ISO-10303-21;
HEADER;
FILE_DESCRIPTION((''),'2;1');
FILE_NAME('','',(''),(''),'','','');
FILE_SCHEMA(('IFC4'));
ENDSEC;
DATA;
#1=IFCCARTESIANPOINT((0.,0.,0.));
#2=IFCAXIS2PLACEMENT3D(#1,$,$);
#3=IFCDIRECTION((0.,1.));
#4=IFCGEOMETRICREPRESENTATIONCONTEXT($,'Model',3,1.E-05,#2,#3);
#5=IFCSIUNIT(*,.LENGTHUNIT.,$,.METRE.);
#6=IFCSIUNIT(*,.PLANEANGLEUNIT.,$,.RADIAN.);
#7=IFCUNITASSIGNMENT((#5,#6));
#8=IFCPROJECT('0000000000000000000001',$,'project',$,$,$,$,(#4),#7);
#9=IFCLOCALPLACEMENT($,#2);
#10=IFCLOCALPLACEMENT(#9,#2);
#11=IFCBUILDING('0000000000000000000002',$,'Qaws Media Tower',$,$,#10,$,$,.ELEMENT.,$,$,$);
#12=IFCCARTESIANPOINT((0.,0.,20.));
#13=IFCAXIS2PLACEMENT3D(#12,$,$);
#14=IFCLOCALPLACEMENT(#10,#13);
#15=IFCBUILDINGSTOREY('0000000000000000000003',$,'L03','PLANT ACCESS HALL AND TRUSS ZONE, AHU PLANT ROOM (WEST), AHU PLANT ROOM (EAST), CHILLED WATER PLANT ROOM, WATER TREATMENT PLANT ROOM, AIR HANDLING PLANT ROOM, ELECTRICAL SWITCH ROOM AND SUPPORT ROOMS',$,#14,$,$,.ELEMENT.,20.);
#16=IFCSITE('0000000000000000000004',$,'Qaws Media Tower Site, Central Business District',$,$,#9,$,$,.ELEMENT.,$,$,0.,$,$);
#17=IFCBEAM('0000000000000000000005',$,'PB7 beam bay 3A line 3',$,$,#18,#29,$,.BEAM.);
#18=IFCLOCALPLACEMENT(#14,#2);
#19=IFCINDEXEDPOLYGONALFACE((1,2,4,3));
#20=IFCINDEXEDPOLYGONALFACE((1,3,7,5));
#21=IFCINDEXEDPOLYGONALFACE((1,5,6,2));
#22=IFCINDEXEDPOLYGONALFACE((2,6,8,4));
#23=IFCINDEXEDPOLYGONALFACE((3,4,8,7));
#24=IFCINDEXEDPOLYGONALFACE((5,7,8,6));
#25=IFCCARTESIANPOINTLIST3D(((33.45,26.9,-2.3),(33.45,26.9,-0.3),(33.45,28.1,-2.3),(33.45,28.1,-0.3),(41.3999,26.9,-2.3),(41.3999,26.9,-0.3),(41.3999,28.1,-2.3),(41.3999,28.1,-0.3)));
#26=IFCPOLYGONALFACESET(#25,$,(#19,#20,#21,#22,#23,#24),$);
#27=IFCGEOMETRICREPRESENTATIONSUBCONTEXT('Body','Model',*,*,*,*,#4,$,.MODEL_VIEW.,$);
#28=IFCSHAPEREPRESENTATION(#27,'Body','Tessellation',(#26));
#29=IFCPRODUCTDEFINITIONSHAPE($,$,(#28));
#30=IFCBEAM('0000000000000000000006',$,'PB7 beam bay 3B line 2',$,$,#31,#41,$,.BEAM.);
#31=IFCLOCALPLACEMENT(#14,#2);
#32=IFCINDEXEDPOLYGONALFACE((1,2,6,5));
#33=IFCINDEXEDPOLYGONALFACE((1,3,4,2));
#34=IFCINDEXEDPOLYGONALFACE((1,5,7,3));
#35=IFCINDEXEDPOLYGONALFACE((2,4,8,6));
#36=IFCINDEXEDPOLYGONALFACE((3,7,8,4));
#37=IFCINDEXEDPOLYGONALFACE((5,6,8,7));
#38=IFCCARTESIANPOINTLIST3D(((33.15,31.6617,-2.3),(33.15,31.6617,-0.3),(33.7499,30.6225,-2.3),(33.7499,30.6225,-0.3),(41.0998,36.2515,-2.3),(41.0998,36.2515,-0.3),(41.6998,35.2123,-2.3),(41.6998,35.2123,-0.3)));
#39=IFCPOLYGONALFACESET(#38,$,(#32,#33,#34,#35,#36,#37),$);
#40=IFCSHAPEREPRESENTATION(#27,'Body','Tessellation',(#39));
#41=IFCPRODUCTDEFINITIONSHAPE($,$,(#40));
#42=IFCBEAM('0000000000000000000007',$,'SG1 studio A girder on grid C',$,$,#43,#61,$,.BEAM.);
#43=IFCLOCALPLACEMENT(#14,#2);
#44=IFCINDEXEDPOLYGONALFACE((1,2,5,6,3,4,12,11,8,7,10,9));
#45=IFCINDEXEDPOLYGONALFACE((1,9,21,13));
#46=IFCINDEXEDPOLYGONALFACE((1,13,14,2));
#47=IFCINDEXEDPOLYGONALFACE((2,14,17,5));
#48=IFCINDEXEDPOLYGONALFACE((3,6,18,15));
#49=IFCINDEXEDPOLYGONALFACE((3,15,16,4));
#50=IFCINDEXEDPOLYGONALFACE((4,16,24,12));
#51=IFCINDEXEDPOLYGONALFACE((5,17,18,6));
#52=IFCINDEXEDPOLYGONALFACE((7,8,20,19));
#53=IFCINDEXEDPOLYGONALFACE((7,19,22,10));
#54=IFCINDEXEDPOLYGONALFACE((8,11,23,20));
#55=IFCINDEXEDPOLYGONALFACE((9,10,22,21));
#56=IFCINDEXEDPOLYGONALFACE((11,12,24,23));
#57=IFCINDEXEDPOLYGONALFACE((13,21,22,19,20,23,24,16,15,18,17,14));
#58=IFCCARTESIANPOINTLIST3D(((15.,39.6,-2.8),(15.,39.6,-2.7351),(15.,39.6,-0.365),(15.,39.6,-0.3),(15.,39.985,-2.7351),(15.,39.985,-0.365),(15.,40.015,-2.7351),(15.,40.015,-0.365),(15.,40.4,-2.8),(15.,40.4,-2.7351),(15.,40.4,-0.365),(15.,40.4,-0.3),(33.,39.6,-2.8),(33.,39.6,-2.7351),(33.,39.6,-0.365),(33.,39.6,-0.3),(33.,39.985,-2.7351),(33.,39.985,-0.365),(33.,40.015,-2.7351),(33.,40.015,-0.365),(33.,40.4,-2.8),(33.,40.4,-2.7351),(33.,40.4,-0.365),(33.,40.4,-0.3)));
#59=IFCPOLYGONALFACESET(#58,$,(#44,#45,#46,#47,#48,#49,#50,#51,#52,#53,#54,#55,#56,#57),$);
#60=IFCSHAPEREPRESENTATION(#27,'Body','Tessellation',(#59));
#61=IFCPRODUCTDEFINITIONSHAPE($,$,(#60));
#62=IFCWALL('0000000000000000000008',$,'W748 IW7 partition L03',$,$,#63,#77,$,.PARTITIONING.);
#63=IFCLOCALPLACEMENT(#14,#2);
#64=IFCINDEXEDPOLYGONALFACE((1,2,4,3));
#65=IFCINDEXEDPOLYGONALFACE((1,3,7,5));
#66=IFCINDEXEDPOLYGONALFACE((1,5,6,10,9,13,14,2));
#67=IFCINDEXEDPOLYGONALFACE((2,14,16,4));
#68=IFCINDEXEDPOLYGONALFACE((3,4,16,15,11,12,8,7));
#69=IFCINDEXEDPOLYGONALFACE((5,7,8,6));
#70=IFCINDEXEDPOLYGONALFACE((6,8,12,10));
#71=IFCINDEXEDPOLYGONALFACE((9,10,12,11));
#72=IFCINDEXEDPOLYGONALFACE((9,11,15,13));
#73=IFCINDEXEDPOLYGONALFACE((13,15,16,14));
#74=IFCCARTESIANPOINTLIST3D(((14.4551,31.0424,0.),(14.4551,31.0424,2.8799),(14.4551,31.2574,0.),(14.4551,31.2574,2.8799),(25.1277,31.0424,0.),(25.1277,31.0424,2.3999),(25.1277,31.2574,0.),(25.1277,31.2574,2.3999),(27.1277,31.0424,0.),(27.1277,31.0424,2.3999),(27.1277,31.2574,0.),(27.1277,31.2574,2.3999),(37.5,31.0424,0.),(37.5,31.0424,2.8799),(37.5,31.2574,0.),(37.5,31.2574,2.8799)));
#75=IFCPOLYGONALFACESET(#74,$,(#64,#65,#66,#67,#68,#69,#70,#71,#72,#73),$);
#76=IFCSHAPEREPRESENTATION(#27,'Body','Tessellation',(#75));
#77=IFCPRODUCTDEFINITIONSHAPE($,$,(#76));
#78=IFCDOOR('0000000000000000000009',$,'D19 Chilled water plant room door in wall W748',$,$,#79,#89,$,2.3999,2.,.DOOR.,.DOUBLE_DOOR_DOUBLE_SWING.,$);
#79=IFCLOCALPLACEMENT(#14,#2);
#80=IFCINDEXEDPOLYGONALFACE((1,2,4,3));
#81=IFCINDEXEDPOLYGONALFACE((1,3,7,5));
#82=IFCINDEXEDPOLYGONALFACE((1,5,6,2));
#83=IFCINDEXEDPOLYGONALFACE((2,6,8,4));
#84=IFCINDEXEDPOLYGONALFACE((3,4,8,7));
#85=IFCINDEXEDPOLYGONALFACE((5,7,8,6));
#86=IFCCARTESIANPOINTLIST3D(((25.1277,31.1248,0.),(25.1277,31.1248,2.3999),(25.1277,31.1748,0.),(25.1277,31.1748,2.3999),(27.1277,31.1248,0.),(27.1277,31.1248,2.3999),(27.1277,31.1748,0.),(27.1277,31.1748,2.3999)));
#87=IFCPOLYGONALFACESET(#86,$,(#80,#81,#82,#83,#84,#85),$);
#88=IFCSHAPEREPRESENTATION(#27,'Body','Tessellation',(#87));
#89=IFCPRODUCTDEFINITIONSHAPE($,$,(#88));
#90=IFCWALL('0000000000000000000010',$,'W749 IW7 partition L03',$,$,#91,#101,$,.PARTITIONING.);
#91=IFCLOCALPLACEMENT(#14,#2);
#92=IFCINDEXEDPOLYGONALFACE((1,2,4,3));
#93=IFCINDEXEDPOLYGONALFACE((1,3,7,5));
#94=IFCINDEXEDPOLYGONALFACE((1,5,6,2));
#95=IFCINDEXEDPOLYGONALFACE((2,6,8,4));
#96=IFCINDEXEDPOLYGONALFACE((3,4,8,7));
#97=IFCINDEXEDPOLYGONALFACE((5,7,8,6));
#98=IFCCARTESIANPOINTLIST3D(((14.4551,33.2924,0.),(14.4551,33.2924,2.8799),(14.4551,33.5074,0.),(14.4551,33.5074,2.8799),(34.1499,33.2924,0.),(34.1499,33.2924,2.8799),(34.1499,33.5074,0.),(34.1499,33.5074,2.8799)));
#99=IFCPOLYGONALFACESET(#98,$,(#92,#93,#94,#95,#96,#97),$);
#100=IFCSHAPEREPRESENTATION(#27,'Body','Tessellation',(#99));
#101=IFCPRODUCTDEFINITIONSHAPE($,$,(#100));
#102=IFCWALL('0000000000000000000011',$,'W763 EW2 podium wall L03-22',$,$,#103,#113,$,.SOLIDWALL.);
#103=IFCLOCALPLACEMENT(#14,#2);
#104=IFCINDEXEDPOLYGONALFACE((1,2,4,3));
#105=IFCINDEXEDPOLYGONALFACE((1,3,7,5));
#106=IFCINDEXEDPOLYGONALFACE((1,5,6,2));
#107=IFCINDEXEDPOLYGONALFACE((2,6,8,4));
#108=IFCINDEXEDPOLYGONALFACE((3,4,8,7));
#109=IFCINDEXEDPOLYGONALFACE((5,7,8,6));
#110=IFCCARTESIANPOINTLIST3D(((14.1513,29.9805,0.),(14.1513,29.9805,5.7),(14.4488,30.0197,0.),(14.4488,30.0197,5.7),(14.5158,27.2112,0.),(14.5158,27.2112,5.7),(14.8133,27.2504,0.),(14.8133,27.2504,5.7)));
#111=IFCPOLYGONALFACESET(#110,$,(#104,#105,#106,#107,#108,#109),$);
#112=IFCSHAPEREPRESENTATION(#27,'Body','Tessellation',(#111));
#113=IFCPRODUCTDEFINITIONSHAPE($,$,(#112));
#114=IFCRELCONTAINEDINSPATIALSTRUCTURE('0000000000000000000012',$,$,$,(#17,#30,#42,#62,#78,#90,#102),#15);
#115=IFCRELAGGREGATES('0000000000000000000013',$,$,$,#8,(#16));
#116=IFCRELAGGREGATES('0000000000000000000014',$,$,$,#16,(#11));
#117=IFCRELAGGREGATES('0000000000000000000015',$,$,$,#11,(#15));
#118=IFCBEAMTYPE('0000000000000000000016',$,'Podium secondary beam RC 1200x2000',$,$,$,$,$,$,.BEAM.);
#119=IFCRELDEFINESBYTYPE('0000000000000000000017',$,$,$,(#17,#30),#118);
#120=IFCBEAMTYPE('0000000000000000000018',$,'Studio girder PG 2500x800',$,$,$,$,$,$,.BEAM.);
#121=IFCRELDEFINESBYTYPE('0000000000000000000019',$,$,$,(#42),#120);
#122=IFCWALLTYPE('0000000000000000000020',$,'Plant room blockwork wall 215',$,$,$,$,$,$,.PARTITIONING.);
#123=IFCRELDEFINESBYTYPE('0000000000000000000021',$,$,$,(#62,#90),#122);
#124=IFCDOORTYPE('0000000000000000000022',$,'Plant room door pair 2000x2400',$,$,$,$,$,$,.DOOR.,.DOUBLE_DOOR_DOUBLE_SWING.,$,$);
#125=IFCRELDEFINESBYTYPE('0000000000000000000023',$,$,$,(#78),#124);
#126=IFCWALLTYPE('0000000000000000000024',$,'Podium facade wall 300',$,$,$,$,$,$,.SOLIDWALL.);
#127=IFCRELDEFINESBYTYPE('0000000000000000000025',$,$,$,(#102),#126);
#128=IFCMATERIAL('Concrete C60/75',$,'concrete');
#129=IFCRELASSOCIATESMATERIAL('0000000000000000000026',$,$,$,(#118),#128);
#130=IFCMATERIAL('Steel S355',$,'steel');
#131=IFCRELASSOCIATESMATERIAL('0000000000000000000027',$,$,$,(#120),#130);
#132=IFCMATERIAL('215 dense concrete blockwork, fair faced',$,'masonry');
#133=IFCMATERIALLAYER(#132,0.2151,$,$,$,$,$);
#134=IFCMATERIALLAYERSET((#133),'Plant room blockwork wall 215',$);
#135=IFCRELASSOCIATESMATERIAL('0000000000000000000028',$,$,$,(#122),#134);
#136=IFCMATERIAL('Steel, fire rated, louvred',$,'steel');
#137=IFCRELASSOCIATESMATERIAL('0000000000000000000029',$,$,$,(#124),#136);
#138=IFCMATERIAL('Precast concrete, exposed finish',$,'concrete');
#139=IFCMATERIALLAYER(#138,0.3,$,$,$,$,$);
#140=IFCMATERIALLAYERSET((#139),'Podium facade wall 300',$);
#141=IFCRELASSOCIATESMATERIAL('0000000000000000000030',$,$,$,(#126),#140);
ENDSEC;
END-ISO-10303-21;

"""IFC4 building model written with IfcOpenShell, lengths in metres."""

from ifc_helpers import new_model, si_unit, direction, frame, frame_2d, origin, origin_2d, place, context, subcontext, project, spatial, rectangle, i_section, extrude, material, layer, layer_set, material_profile, profile_set, type_object, element, fill, save


model = new_model("IFC4")

# Units and contexts
model_context = context("Model", 3, precision=1e-05, world=origin(), true_north=direction((0.0, 1.0)))
body_context = subcontext(model_context, "Body", "Model", "MODEL_VIEW")
ifc_project = project(units=[si_unit("LENGTHUNIT", "METRE"), si_unit("PLANEANGLEUNIT", "RADIAN")], contexts=[model_context])

# Site, building, storey
site_placement = place(None, origin())
site = spatial("IfcSite", under=ifc_project, at=site_placement, Name="Qaws Media Tower Site, Central Business District", CompositionType="ELEMENT", RefElevation=0.0)
building_placement = place(site_placement, origin())
building = spatial("IfcBuilding", under=site, at=building_placement, Name="Qaws Media Tower", CompositionType="ELEMENT")
storey_placement = place(building_placement, frame((0.0, 0.0, 20.0)))
storey = spatial("IfcBuildingStorey", under=building, at=storey_placement, Name="L03", Description="PLANT ACCESS HALL AND TRUSS ZONE, AHU PLANT ROOM (WEST), AHU PLANT ROOM (EAST), CHILLED WATER PLANT ROOM, WATER TREATMENT PLANT ROOM, AIR HANDLING PLANT ROOM, ELECTRICAL SWITCH ROOM AND SUPPORT ROOMS", CompositionType="ELEMENT", Elevation=20.0)

# Beams
ifc_material_1 = material(Name="Concrete C60/75", Category="concrete")
ifc_material_profile_1 = material_profile(ifc_material_1, rectangle(XDim=1.2, YDim=2.0, at=origin_2d()), Name="RC 1200x2000")
ifc_profile_set_1 = profile_set([ifc_material_profile_1], Name="Concrete C60/75")
beam_type_1 = type_object("IfcBeamType", Name="Podium secondary beam RC 1200x2000", PredefinedType="BEAM", material=ifc_profile_set_1)
beam_1_placement = place(storey_placement, frame((33.45, 27.5, -1.3), z_axis=(1.0, 0.0, 0.0), x_axis=(0.0, 1.0, 0.0)))
element("IfcBeam", 1, at=beam_1_placement, inside=storey, type_object=beam_type_1, Name="PB7 beam bay 3A line 3", PredefinedType="BEAM", context=body_context, shape_type="SweptSolid", body=[
    extrude(rectangle(XDim=1.2, YDim=2.0, at=origin_2d()), origin(), (0.0, 0.0, 1.0), 7.95),
])
beam_2_placement = place(storey_placement, frame((33.45, 31.1421, -1.3), z_axis=(0.866028, 0.499995, 0.0), x_axis=(-0.499995, 0.866028, 0.0)))
element("IfcBeam", 2, at=beam_2_placement, inside=storey, type_object=beam_type_1, Name="PB7 beam bay 3B line 2", PredefinedType="BEAM", context=body_context, shape_type="SweptSolid", body=[
    extrude(rectangle(XDim=1.2, YDim=2.0, at=origin_2d()), origin(), (0.0, 0.0, 1.0), 9.1797),
])
ifc_material_2 = material(Name="Steel S355", Category="steel")
ifc_material_profile_2 = material_profile(ifc_material_2, i_section(OverallWidth=0.8, OverallDepth=2.5, WebThickness=0.03, FlangeThickness=0.0649, at=origin_2d()), Name="PG 2500x800")
ifc_profile_set_2 = profile_set([ifc_material_profile_2], Name="Steel S355")
beam_type_2 = type_object("IfcBeamType", Name="Studio girder PG 2500x800", PredefinedType="BEAM", material=ifc_profile_set_2)
beam_3_placement = place(storey_placement, frame((15.0, 40.0, -1.55), z_axis=(1.0, 0.0, 0.0), x_axis=(0.0, 1.0, 0.0)))
element("IfcBeam", 3, at=beam_3_placement, inside=storey, type_object=beam_type_2, Name="SG1 studio A girder on grid C", PredefinedType="BEAM", context=body_context, shape_type="SweptSolid", body=[
    extrude(i_section(OverallWidth=0.8, OverallDepth=2.5, WebThickness=0.03, FlangeThickness=0.0649, at=origin_2d()), origin(), (0.0, 0.0, 1.0), 18.0),
])

# Wall, opening, door
ifc_material_3 = material(Name="215 dense concrete blockwork, fair faced", Category="masonry")
ifc_layer_1 = layer(ifc_material_3, 0.2151)
ifc_layer_set_1 = layer_set([ifc_layer_1], Name="Plant room blockwork wall 215")
wall_type_1 = type_object("IfcWallType", Name="Plant room blockwork wall 215", PredefinedType="PARTITIONING", material=ifc_layer_set_1)
wall_1_placement = place(storey_placement, frame((14.4551, 31.1499, 0.0), z_axis=(0.0, 0.0, 1.0), x_axis=(1.0, 0.0, 0.0)))
wall_1 = element("IfcWall", 4, at=wall_1_placement, inside=storey, type_object=wall_type_1, Name="W748 IW7 partition L03", PredefinedType="PARTITIONING", context=body_context, shape_type="SweptSolid", body=[
    extrude(rectangle(XDim=23.0449, YDim=0.2151, at=frame_2d((11.5225, 0.0))), origin(), (0.0, 0.0, 1.0), 2.8799),
])
opening_placement = place(wall_1_placement, frame((10.6726, 0.0, 0.0)))
opening = element("IfcOpeningElement", 5, at=opening_placement, cuts=wall_1, PredefinedType="OPENING", context=body_context, shape_type="SweptSolid", body=[
    extrude(rectangle(XDim=2.0, YDim=2.3999, at=frame_2d((1.0, 1.2))), frame((0.0, 0.1174, 0.0), z_axis=(0.0, -1.0, 0.0), x_axis=(1.0, 0.0, 0.0)), (0.0, 0.0, 1.0), 0.2351),
])
ifc_material_4 = material(Name="Steel, fire rated, louvred", Category="steel")
door_type = type_object("IfcDoorType", Name="Plant room door pair 2000x2400", OperationType="DOUBLE_DOOR_DOUBLE_SWING", PredefinedType="DOOR", material=ifc_material_4)
door_placement = place(opening_placement, origin())
door = element("IfcDoor", 6, at=door_placement, inside=storey, type_object=door_type, Name="D19 Chilled water plant room door in wall W748", OperationType="DOUBLE_DOOR_DOUBLE_SWING", OverallHeight=2.3999, OverallWidth=2.0, PredefinedType="DOOR", context=body_context, shape_type="SweptSolid", body=[
    extrude(rectangle(XDim=2.0, YDim=2.3999, at=frame_2d((1.0, 1.2))), frame((0.0, 0.0249, 0.0), z_axis=(0.0, -1.0, 0.0), x_axis=(1.0, 0.0, 0.0)), (0.0, 0.0, 1.0), 0.05),
])
fill(opening, door)

# Walls
wall_2_placement = place(storey_placement, frame((14.4551, 33.3999, 0.0), z_axis=(0.0, 0.0, 1.0), x_axis=(1.0, 0.0, 0.0)))
element("IfcWall", 7, at=wall_2_placement, inside=storey, type_object=wall_type_1, Name="W749 IW7 partition L03", PredefinedType="PARTITIONING", context=body_context, shape_type="SweptSolid", body=[
    extrude(rectangle(XDim=19.6948, YDim=0.2151, at=frame_2d((9.8474, 0.0))), origin(), (0.0, 0.0, 1.0), 2.8799),
])
ifc_material_5 = material(Name="Precast concrete, exposed finish", Category="concrete")
ifc_layer_2 = layer(ifc_material_5, 0.3)
ifc_layer_set_2 = layer_set([ifc_layer_2], Name="Podium facade wall 300")
wall_type_2 = type_object("IfcWallType", Name="Podium facade wall 300", PredefinedType="SOLIDWALL", material=ifc_layer_set_2)
wall_3_placement = place(storey_placement, frame((14.3, 30.0, 0.0), z_axis=(0.0, 0.0, 1.0), x_axis=(0.130497, -0.991449, 0.0)))
element("IfcWall", 8, at=wall_3_placement, inside=storey, type_object=wall_type_2, Name="W763 EW2 podium wall L03-22", PredefinedType="SOLIDWALL", context=body_context, shape_type="SweptSolid", body=[
    extrude(rectangle(XDim=2.7932, YDim=0.3, at=frame_2d((1.3965, 0.0))), origin(), (0.0, 0.0, 1.0), 5.7),
])

save(model, "model.ifc")
